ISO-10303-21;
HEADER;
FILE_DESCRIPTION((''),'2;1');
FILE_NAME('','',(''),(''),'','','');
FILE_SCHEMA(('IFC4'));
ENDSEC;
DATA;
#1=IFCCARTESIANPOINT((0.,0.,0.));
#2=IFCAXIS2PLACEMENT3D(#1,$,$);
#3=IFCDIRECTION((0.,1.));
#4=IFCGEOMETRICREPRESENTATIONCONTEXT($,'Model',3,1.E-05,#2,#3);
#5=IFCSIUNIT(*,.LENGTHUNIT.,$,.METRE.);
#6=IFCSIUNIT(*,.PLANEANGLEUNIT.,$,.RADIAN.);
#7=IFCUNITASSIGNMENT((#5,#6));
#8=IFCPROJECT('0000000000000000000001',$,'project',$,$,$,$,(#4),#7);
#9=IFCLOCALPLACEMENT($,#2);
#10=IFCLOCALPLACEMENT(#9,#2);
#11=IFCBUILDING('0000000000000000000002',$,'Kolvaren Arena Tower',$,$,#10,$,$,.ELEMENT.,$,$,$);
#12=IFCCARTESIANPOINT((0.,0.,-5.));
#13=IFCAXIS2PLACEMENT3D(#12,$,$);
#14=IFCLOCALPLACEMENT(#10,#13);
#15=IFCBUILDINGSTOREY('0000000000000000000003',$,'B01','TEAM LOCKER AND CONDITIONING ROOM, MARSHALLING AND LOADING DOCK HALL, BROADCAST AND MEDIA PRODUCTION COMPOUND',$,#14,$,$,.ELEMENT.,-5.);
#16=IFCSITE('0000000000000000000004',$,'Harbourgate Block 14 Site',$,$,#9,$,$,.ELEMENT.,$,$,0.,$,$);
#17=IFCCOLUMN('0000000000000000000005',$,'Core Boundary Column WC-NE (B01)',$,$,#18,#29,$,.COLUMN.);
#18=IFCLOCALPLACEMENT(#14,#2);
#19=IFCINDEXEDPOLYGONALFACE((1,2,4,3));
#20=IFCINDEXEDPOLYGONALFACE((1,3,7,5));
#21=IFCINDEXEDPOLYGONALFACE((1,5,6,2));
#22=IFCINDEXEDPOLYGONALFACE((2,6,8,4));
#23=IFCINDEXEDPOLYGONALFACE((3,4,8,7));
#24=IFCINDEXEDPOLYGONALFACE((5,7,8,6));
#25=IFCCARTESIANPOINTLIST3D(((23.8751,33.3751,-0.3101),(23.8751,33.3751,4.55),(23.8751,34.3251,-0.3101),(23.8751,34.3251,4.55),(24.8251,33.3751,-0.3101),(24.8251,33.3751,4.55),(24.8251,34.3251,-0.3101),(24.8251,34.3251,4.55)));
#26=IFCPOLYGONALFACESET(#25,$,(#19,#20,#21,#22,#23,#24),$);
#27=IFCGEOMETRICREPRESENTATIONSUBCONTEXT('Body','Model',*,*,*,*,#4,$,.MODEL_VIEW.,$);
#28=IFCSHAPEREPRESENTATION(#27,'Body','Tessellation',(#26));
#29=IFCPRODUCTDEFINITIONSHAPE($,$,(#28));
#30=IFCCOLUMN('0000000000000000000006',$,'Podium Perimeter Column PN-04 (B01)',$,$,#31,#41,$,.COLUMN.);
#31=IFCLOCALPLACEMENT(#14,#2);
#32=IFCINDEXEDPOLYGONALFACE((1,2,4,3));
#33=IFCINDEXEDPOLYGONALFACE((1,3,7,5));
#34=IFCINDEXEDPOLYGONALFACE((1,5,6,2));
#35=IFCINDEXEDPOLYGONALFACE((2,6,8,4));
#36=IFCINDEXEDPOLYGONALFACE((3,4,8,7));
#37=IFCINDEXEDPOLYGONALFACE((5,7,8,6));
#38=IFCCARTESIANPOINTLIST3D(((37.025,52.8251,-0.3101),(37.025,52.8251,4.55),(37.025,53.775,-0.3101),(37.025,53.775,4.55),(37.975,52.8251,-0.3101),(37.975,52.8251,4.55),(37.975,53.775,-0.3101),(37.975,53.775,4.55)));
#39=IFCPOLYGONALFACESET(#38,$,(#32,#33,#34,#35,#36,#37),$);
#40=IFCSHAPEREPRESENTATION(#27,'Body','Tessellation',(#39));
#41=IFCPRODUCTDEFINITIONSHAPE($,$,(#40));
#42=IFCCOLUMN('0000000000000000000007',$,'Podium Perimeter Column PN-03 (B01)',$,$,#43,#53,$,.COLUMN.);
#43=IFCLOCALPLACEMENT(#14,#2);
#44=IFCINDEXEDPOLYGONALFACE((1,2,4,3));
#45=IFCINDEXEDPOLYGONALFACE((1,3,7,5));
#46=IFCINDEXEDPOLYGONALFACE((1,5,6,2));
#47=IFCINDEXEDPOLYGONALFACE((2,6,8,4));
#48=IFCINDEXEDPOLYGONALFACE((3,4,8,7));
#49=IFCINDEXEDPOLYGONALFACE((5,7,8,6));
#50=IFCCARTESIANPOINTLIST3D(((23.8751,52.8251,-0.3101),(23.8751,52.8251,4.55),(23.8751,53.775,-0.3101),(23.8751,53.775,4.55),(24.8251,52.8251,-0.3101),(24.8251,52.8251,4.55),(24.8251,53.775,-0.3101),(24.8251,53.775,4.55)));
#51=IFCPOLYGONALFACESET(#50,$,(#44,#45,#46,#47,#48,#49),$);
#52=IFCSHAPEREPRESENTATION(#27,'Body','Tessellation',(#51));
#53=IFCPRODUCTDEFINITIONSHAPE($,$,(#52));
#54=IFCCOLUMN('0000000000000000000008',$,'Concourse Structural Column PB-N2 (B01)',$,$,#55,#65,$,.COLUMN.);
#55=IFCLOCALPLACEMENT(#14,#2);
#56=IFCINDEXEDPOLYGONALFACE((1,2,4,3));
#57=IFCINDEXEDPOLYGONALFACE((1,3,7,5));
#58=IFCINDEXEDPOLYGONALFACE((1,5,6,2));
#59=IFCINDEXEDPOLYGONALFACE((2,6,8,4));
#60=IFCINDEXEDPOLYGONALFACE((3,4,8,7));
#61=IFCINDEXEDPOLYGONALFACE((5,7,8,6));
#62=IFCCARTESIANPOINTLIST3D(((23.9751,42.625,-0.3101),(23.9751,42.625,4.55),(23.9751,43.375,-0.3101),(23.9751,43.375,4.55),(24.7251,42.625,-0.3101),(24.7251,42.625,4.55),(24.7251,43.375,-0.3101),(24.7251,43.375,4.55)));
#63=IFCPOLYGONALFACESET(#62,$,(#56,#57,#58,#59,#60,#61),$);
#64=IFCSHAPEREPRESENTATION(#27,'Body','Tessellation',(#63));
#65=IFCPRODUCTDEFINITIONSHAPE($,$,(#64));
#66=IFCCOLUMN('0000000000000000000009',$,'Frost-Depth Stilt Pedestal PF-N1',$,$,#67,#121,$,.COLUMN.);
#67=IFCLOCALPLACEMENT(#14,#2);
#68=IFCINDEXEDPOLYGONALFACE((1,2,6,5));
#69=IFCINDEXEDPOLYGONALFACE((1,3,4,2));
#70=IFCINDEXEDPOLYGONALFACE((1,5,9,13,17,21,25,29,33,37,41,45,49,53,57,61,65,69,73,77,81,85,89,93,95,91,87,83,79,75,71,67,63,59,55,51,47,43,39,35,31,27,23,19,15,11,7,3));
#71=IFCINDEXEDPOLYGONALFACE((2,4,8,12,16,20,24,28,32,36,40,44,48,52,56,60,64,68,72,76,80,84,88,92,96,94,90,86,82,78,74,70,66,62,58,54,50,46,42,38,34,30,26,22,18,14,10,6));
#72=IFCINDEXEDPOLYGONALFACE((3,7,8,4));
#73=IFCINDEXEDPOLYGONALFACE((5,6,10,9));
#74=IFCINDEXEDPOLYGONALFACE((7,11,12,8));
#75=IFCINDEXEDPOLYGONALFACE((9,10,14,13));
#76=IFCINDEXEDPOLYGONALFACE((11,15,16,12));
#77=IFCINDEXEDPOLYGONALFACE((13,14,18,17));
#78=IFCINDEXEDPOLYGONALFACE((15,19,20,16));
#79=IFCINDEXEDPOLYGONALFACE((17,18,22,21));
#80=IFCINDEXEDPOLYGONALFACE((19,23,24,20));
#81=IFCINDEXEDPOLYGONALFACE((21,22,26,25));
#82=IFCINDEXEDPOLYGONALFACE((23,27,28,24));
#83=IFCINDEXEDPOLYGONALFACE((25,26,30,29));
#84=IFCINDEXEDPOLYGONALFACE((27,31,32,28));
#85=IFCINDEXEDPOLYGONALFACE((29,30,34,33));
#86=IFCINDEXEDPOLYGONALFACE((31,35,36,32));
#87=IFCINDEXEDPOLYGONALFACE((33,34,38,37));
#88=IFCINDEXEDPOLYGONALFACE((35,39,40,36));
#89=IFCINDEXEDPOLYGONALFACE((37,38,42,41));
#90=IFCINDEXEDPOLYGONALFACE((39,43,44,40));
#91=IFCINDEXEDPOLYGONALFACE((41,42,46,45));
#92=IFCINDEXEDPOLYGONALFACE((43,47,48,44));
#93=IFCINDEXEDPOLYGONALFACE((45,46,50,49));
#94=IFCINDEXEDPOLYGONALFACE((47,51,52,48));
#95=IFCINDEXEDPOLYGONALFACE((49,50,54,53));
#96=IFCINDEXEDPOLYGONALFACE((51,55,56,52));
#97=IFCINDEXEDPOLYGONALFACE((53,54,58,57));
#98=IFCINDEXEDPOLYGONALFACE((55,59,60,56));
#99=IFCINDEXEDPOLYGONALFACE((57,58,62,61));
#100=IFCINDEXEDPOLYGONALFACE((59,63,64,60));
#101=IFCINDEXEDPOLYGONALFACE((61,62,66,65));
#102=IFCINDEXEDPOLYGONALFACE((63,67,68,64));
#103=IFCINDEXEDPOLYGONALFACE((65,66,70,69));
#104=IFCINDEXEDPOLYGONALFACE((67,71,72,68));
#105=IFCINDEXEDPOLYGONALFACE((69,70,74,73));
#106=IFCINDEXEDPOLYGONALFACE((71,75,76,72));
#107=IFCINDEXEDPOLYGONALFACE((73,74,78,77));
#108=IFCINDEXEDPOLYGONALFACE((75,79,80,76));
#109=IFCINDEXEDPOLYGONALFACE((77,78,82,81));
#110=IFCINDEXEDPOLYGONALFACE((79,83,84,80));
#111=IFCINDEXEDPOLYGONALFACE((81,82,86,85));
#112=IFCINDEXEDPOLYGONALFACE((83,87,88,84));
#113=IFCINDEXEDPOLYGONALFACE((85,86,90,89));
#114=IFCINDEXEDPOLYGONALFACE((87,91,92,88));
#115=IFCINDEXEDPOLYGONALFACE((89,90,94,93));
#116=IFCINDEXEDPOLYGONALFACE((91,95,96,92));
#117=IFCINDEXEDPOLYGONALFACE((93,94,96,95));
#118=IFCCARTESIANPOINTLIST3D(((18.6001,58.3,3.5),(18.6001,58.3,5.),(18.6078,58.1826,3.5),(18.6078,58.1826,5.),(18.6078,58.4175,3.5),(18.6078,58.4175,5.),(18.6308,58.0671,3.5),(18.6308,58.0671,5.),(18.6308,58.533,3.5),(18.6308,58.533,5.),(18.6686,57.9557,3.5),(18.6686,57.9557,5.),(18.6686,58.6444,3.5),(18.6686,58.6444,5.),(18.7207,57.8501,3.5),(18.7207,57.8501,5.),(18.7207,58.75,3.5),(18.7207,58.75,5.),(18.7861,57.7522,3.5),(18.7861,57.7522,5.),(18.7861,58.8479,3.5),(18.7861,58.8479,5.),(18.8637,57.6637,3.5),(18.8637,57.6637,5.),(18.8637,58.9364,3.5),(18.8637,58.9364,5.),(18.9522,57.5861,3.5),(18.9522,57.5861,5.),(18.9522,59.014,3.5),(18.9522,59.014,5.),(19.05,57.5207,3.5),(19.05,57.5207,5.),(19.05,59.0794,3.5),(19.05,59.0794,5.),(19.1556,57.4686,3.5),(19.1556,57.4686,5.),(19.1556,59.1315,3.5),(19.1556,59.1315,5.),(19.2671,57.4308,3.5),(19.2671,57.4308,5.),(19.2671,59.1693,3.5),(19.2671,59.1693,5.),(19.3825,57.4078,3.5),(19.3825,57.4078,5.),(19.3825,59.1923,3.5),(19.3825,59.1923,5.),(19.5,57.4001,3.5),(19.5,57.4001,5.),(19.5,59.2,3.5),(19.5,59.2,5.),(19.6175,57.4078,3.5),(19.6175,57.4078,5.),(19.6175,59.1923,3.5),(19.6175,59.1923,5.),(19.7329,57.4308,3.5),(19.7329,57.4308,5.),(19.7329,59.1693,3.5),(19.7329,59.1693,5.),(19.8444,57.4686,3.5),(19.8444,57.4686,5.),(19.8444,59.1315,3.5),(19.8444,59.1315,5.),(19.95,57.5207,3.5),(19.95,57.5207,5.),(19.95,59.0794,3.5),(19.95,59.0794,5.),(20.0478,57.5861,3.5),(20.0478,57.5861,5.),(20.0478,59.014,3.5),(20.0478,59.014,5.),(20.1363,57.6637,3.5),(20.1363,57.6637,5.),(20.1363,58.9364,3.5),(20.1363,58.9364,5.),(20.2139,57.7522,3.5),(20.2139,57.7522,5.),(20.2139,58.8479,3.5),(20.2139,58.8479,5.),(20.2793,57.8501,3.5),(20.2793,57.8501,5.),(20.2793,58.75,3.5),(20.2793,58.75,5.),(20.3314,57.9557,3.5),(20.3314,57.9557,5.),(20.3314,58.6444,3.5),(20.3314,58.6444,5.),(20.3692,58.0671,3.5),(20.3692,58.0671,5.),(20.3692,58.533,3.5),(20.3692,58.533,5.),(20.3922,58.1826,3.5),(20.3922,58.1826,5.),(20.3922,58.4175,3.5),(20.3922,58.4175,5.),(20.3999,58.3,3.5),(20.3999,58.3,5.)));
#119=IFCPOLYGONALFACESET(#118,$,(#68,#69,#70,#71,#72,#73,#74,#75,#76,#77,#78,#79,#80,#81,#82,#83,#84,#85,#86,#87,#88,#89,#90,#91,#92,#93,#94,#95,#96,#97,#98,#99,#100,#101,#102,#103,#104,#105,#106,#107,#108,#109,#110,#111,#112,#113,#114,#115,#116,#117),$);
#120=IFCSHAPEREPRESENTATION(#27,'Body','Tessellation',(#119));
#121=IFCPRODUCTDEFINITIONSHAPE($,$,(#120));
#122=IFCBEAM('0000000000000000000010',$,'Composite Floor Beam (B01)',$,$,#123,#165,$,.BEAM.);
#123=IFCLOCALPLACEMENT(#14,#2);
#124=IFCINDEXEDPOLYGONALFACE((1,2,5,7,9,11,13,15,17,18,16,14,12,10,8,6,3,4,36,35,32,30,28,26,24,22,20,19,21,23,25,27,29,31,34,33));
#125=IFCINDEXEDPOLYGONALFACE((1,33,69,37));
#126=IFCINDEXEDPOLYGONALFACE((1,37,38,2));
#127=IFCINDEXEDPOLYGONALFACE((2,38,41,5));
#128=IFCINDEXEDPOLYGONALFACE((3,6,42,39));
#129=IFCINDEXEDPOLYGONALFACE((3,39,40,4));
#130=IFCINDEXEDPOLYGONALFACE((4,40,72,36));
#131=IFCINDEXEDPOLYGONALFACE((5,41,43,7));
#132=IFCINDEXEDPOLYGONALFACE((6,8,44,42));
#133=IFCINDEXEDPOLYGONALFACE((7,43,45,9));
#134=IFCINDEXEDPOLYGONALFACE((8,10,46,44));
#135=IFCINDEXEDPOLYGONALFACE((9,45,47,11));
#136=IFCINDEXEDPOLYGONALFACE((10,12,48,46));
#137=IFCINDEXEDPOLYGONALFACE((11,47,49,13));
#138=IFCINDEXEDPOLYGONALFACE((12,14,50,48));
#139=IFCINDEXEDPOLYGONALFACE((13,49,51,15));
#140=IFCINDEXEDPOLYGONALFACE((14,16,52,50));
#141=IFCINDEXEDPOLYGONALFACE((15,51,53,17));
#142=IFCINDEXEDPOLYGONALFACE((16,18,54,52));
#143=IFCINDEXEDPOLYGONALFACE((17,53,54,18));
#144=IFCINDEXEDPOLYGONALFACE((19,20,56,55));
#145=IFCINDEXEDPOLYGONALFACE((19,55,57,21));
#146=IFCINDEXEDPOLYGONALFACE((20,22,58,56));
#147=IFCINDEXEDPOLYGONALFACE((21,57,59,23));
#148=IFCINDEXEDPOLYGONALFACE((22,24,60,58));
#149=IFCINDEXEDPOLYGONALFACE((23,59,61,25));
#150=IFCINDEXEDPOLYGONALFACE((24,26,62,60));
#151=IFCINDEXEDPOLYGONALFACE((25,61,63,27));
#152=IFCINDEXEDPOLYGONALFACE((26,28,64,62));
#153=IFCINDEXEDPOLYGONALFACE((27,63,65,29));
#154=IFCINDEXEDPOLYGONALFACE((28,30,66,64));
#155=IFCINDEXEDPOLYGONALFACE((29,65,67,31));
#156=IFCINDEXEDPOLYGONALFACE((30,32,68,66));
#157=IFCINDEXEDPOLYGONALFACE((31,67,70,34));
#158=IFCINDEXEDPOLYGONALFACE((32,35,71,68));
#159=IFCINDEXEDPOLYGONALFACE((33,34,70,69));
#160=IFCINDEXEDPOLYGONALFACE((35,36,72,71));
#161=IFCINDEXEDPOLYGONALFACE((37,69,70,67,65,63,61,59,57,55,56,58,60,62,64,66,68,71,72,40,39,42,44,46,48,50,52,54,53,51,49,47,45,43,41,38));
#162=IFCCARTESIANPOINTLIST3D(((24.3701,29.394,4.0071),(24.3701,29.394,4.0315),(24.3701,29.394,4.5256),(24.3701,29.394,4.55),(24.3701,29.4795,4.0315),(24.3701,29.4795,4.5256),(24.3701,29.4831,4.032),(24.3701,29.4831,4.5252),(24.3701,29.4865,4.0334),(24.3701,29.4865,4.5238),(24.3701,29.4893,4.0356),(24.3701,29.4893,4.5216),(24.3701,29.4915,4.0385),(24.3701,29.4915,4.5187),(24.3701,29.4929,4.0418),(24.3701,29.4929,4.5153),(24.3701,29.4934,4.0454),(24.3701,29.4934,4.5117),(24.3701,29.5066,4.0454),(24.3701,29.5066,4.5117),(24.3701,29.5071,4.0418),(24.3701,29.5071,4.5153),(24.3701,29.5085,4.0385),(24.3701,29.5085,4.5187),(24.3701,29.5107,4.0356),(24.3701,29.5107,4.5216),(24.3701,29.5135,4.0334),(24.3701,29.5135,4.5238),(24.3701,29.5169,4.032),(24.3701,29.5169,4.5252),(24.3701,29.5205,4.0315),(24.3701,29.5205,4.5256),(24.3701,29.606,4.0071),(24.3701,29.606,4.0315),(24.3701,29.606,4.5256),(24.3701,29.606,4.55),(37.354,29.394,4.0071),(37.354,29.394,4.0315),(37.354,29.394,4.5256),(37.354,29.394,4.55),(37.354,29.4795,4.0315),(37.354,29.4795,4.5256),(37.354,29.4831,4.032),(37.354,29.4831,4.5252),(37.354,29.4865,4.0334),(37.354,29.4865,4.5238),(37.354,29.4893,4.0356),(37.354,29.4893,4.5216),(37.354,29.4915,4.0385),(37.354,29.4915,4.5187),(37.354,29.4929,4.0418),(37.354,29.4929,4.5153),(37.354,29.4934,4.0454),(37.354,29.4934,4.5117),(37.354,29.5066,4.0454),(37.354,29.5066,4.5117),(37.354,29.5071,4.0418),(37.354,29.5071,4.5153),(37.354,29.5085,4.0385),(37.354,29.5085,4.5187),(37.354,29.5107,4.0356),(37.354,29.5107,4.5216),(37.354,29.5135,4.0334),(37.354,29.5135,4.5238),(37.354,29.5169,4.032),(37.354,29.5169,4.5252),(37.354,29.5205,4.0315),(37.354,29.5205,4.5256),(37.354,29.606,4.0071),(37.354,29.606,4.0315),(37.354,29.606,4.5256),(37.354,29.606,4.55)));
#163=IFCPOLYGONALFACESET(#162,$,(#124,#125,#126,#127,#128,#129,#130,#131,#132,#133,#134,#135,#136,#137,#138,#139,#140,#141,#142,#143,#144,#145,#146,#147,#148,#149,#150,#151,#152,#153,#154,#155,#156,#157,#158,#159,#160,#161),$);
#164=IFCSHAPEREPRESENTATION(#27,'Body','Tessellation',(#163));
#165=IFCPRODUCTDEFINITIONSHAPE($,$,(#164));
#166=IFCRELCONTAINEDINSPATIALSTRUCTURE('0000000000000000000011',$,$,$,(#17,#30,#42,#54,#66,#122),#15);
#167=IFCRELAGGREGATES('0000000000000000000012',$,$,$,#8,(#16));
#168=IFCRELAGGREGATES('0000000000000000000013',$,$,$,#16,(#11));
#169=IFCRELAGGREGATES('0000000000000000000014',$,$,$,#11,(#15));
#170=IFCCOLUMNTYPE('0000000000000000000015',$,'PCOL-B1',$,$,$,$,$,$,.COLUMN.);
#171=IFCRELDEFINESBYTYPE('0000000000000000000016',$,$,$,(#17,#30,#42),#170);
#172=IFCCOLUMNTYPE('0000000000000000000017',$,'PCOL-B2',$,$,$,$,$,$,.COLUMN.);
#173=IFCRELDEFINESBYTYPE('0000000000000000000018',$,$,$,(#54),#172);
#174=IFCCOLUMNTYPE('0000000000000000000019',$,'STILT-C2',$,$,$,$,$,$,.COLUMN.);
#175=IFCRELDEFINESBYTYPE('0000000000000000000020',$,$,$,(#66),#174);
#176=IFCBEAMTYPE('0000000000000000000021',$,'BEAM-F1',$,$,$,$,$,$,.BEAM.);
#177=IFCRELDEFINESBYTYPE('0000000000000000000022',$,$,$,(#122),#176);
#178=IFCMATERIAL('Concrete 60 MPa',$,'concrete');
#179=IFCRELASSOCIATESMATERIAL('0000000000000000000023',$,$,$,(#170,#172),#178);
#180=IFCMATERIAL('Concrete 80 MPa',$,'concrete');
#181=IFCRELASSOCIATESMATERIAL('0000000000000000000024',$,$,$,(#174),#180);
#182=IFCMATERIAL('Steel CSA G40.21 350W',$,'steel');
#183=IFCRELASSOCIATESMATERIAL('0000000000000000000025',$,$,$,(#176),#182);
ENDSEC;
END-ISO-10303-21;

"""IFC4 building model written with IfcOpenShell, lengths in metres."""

from ifc_helpers import new_model, si_unit, direction, frame, origin, origin_2d, place, context, subcontext, project, spatial, rectangle, circle, i_section, extrude, material, material_profile, profile_set, type_object, element, save


model = new_model("IFC4")

# Units and contexts
model_context = context("Model", 3, precision=1e-05, world=origin(), true_north=direction((0.0, 1.0)))
body_context = subcontext(model_context, "Body", "Model", "MODEL_VIEW")
ifc_project = project(units=[si_unit("LENGTHUNIT", "METRE"), si_unit("PLANEANGLEUNIT", "RADIAN")], contexts=[model_context])

# Site, building, storey
site_placement = place(None, origin())
site = spatial("IfcSite", under=ifc_project, at=site_placement, Name="Harbourgate Block 14 Site", CompositionType="ELEMENT", RefElevation=0.0)
building_placement = place(site_placement, origin())
building = spatial("IfcBuilding", under=site, at=building_placement, Name="Kolvaren Arena Tower", CompositionType="ELEMENT")
storey_placement = place(building_placement, frame((0.0, 0.0, -5.0)))
storey = spatial("IfcBuildingStorey", under=building, at=storey_placement, Name="B01", Description="TEAM LOCKER AND CONDITIONING ROOM, MARSHALLING AND LOADING DOCK HALL, BROADCAST AND MEDIA PRODUCTION COMPOUND", CompositionType="ELEMENT", Elevation=-5.0)

# Columns
ifc_material_1 = material(Name="Concrete 60 MPa", Category="concrete")
ifc_material_profile_1 = material_profile(ifc_material_1, rectangle(XDim=0.95, YDim=0.95, at=origin_2d()), Name="RC-950x950")
ifc_profile_set_1 = profile_set([ifc_material_profile_1], Name="Concrete 60 MPa")
column_type_1 = type_object("IfcColumnType", Name="PCOL-B1", PredefinedType="COLUMN", material=ifc_profile_set_1)
for number, where, z_axis, x_axis, name in (
    (1, (24.3501, 33.8501, -0.3101), (0.0, 0.0, 1.0), (1.0, 0.0, 0.0), "Core Boundary Column WC-NE (B01)"),
    (2, (37.5, 53.3, -0.3101), (0.0, 0.0, 1.0), (1.0, 0.0, 0.0), "Podium Perimeter Column PN-04 (B01)"),
    (3, (24.3501, 53.3, -0.3101), (0.0, 0.0, 1.0), (1.0, 0.0, 0.0), "Podium Perimeter Column PN-03 (B01)"),
):
    element("IfcColumn", number, at=place(storey_placement, frame(where, z_axis=z_axis, x_axis=x_axis)), inside=storey, type_object=column_type_1, Name=name, PredefinedType="COLUMN", context=body_context, shape_type="SweptSolid", body=[
        extrude(rectangle(XDim=0.95, YDim=0.95, at=origin_2d()), origin(), (0.0, 0.0, 1.0), 4.8601),
    ])
ifc_material_profile_2 = material_profile(ifc_material_1, rectangle(XDim=0.75, YDim=0.75, at=origin_2d()), Name="RC-750x750")
ifc_profile_set_2 = profile_set([ifc_material_profile_2], Name="Concrete 60 MPa")
column_type_2 = type_object("IfcColumnType", Name="PCOL-B2", PredefinedType="COLUMN", material=ifc_profile_set_2)
column_1_placement = place(storey_placement, frame((24.3501, 43.0, -0.3101), z_axis=(0.0, 0.0, 1.0), x_axis=(1.0, 0.0, 0.0)))
element("IfcColumn", 4, at=column_1_placement, inside=storey, type_object=column_type_2, Name="Concourse Structural Column PB-N2 (B01)", PredefinedType="COLUMN", context=body_context, shape_type="SweptSolid", body=[
    extrude(rectangle(XDim=0.75, YDim=0.75, at=origin_2d()), origin(), (0.0, 0.0, 1.0), 4.8601),
])
ifc_material_2 = material(Name="Concrete 80 MPa", Category="concrete")
ifc_material_profile_3 = material_profile(ifc_material_2, circle(Radius=0.8999, at=origin_2d()), Name="RC-CIRC-1800")
ifc_profile_set_3 = profile_set([ifc_material_profile_3], Name="Concrete 80 MPa")
column_type_3 = type_object("IfcColumnType", Name="STILT-C2", PredefinedType="COLUMN", material=ifc_profile_set_3)
column_2_placement = place(storey_placement, frame((19.5, 58.3, 3.5), z_axis=(0.0, 0.0, 1.0), x_axis=(1.0, 0.0, 0.0)))
element("IfcColumn", 5, at=column_2_placement, inside=storey, type_object=column_type_3, Name="Frost-Depth Stilt Pedestal PF-N1", PredefinedType="COLUMN", context=body_context, shape_type="SweptSolid", body=[
    extrude(circle(Radius=0.8999, at=origin_2d()), origin(), (0.0, 0.0, 1.0), 1.5),
])

# Beam
ifc_material_3 = material(Name="Steel CSA G40.21 350W", Category="steel")
ifc_material_profile_4 = material_profile(ifc_material_3, i_section(OverallWidth=0.2119, OverallDepth=0.543, WebThickness=0.0132, FlangeThickness=0.0244, FilletRadius=0.0139, at=origin_2d()), Name="W530x150")
ifc_profile_set_4 = profile_set([ifc_material_profile_4], Name="Steel CSA G40.21 350W")
beam_type_1 = type_object("IfcBeamType", Name="BEAM-F1", PredefinedType="BEAM", material=ifc_profile_set_4)
for number, where, z_axis, x_axis, name in (
    (6, (24.3701, 29.5, 4.2786), (1.0, 0.0, 0.0), (0.0, 1.0, 0.0), "Composite Floor Beam (B01)"),
):
    element("IfcBeam", number, at=place(storey_placement, frame(where, z_axis=z_axis, x_axis=x_axis)), inside=storey, type_object=beam_type_1, Name=name, PredefinedType="BEAM", context=body_context, shape_type="SweptSolid", body=[
        extrude(i_section(OverallWidth=0.2119, OverallDepth=0.543, WebThickness=0.0132, FlangeThickness=0.0244, FilletRadius=0.0139, at=origin_2d()), origin(), (0.0, 0.0, 1.0), 12.9839),
    ])

save(model, "model.ifc")
